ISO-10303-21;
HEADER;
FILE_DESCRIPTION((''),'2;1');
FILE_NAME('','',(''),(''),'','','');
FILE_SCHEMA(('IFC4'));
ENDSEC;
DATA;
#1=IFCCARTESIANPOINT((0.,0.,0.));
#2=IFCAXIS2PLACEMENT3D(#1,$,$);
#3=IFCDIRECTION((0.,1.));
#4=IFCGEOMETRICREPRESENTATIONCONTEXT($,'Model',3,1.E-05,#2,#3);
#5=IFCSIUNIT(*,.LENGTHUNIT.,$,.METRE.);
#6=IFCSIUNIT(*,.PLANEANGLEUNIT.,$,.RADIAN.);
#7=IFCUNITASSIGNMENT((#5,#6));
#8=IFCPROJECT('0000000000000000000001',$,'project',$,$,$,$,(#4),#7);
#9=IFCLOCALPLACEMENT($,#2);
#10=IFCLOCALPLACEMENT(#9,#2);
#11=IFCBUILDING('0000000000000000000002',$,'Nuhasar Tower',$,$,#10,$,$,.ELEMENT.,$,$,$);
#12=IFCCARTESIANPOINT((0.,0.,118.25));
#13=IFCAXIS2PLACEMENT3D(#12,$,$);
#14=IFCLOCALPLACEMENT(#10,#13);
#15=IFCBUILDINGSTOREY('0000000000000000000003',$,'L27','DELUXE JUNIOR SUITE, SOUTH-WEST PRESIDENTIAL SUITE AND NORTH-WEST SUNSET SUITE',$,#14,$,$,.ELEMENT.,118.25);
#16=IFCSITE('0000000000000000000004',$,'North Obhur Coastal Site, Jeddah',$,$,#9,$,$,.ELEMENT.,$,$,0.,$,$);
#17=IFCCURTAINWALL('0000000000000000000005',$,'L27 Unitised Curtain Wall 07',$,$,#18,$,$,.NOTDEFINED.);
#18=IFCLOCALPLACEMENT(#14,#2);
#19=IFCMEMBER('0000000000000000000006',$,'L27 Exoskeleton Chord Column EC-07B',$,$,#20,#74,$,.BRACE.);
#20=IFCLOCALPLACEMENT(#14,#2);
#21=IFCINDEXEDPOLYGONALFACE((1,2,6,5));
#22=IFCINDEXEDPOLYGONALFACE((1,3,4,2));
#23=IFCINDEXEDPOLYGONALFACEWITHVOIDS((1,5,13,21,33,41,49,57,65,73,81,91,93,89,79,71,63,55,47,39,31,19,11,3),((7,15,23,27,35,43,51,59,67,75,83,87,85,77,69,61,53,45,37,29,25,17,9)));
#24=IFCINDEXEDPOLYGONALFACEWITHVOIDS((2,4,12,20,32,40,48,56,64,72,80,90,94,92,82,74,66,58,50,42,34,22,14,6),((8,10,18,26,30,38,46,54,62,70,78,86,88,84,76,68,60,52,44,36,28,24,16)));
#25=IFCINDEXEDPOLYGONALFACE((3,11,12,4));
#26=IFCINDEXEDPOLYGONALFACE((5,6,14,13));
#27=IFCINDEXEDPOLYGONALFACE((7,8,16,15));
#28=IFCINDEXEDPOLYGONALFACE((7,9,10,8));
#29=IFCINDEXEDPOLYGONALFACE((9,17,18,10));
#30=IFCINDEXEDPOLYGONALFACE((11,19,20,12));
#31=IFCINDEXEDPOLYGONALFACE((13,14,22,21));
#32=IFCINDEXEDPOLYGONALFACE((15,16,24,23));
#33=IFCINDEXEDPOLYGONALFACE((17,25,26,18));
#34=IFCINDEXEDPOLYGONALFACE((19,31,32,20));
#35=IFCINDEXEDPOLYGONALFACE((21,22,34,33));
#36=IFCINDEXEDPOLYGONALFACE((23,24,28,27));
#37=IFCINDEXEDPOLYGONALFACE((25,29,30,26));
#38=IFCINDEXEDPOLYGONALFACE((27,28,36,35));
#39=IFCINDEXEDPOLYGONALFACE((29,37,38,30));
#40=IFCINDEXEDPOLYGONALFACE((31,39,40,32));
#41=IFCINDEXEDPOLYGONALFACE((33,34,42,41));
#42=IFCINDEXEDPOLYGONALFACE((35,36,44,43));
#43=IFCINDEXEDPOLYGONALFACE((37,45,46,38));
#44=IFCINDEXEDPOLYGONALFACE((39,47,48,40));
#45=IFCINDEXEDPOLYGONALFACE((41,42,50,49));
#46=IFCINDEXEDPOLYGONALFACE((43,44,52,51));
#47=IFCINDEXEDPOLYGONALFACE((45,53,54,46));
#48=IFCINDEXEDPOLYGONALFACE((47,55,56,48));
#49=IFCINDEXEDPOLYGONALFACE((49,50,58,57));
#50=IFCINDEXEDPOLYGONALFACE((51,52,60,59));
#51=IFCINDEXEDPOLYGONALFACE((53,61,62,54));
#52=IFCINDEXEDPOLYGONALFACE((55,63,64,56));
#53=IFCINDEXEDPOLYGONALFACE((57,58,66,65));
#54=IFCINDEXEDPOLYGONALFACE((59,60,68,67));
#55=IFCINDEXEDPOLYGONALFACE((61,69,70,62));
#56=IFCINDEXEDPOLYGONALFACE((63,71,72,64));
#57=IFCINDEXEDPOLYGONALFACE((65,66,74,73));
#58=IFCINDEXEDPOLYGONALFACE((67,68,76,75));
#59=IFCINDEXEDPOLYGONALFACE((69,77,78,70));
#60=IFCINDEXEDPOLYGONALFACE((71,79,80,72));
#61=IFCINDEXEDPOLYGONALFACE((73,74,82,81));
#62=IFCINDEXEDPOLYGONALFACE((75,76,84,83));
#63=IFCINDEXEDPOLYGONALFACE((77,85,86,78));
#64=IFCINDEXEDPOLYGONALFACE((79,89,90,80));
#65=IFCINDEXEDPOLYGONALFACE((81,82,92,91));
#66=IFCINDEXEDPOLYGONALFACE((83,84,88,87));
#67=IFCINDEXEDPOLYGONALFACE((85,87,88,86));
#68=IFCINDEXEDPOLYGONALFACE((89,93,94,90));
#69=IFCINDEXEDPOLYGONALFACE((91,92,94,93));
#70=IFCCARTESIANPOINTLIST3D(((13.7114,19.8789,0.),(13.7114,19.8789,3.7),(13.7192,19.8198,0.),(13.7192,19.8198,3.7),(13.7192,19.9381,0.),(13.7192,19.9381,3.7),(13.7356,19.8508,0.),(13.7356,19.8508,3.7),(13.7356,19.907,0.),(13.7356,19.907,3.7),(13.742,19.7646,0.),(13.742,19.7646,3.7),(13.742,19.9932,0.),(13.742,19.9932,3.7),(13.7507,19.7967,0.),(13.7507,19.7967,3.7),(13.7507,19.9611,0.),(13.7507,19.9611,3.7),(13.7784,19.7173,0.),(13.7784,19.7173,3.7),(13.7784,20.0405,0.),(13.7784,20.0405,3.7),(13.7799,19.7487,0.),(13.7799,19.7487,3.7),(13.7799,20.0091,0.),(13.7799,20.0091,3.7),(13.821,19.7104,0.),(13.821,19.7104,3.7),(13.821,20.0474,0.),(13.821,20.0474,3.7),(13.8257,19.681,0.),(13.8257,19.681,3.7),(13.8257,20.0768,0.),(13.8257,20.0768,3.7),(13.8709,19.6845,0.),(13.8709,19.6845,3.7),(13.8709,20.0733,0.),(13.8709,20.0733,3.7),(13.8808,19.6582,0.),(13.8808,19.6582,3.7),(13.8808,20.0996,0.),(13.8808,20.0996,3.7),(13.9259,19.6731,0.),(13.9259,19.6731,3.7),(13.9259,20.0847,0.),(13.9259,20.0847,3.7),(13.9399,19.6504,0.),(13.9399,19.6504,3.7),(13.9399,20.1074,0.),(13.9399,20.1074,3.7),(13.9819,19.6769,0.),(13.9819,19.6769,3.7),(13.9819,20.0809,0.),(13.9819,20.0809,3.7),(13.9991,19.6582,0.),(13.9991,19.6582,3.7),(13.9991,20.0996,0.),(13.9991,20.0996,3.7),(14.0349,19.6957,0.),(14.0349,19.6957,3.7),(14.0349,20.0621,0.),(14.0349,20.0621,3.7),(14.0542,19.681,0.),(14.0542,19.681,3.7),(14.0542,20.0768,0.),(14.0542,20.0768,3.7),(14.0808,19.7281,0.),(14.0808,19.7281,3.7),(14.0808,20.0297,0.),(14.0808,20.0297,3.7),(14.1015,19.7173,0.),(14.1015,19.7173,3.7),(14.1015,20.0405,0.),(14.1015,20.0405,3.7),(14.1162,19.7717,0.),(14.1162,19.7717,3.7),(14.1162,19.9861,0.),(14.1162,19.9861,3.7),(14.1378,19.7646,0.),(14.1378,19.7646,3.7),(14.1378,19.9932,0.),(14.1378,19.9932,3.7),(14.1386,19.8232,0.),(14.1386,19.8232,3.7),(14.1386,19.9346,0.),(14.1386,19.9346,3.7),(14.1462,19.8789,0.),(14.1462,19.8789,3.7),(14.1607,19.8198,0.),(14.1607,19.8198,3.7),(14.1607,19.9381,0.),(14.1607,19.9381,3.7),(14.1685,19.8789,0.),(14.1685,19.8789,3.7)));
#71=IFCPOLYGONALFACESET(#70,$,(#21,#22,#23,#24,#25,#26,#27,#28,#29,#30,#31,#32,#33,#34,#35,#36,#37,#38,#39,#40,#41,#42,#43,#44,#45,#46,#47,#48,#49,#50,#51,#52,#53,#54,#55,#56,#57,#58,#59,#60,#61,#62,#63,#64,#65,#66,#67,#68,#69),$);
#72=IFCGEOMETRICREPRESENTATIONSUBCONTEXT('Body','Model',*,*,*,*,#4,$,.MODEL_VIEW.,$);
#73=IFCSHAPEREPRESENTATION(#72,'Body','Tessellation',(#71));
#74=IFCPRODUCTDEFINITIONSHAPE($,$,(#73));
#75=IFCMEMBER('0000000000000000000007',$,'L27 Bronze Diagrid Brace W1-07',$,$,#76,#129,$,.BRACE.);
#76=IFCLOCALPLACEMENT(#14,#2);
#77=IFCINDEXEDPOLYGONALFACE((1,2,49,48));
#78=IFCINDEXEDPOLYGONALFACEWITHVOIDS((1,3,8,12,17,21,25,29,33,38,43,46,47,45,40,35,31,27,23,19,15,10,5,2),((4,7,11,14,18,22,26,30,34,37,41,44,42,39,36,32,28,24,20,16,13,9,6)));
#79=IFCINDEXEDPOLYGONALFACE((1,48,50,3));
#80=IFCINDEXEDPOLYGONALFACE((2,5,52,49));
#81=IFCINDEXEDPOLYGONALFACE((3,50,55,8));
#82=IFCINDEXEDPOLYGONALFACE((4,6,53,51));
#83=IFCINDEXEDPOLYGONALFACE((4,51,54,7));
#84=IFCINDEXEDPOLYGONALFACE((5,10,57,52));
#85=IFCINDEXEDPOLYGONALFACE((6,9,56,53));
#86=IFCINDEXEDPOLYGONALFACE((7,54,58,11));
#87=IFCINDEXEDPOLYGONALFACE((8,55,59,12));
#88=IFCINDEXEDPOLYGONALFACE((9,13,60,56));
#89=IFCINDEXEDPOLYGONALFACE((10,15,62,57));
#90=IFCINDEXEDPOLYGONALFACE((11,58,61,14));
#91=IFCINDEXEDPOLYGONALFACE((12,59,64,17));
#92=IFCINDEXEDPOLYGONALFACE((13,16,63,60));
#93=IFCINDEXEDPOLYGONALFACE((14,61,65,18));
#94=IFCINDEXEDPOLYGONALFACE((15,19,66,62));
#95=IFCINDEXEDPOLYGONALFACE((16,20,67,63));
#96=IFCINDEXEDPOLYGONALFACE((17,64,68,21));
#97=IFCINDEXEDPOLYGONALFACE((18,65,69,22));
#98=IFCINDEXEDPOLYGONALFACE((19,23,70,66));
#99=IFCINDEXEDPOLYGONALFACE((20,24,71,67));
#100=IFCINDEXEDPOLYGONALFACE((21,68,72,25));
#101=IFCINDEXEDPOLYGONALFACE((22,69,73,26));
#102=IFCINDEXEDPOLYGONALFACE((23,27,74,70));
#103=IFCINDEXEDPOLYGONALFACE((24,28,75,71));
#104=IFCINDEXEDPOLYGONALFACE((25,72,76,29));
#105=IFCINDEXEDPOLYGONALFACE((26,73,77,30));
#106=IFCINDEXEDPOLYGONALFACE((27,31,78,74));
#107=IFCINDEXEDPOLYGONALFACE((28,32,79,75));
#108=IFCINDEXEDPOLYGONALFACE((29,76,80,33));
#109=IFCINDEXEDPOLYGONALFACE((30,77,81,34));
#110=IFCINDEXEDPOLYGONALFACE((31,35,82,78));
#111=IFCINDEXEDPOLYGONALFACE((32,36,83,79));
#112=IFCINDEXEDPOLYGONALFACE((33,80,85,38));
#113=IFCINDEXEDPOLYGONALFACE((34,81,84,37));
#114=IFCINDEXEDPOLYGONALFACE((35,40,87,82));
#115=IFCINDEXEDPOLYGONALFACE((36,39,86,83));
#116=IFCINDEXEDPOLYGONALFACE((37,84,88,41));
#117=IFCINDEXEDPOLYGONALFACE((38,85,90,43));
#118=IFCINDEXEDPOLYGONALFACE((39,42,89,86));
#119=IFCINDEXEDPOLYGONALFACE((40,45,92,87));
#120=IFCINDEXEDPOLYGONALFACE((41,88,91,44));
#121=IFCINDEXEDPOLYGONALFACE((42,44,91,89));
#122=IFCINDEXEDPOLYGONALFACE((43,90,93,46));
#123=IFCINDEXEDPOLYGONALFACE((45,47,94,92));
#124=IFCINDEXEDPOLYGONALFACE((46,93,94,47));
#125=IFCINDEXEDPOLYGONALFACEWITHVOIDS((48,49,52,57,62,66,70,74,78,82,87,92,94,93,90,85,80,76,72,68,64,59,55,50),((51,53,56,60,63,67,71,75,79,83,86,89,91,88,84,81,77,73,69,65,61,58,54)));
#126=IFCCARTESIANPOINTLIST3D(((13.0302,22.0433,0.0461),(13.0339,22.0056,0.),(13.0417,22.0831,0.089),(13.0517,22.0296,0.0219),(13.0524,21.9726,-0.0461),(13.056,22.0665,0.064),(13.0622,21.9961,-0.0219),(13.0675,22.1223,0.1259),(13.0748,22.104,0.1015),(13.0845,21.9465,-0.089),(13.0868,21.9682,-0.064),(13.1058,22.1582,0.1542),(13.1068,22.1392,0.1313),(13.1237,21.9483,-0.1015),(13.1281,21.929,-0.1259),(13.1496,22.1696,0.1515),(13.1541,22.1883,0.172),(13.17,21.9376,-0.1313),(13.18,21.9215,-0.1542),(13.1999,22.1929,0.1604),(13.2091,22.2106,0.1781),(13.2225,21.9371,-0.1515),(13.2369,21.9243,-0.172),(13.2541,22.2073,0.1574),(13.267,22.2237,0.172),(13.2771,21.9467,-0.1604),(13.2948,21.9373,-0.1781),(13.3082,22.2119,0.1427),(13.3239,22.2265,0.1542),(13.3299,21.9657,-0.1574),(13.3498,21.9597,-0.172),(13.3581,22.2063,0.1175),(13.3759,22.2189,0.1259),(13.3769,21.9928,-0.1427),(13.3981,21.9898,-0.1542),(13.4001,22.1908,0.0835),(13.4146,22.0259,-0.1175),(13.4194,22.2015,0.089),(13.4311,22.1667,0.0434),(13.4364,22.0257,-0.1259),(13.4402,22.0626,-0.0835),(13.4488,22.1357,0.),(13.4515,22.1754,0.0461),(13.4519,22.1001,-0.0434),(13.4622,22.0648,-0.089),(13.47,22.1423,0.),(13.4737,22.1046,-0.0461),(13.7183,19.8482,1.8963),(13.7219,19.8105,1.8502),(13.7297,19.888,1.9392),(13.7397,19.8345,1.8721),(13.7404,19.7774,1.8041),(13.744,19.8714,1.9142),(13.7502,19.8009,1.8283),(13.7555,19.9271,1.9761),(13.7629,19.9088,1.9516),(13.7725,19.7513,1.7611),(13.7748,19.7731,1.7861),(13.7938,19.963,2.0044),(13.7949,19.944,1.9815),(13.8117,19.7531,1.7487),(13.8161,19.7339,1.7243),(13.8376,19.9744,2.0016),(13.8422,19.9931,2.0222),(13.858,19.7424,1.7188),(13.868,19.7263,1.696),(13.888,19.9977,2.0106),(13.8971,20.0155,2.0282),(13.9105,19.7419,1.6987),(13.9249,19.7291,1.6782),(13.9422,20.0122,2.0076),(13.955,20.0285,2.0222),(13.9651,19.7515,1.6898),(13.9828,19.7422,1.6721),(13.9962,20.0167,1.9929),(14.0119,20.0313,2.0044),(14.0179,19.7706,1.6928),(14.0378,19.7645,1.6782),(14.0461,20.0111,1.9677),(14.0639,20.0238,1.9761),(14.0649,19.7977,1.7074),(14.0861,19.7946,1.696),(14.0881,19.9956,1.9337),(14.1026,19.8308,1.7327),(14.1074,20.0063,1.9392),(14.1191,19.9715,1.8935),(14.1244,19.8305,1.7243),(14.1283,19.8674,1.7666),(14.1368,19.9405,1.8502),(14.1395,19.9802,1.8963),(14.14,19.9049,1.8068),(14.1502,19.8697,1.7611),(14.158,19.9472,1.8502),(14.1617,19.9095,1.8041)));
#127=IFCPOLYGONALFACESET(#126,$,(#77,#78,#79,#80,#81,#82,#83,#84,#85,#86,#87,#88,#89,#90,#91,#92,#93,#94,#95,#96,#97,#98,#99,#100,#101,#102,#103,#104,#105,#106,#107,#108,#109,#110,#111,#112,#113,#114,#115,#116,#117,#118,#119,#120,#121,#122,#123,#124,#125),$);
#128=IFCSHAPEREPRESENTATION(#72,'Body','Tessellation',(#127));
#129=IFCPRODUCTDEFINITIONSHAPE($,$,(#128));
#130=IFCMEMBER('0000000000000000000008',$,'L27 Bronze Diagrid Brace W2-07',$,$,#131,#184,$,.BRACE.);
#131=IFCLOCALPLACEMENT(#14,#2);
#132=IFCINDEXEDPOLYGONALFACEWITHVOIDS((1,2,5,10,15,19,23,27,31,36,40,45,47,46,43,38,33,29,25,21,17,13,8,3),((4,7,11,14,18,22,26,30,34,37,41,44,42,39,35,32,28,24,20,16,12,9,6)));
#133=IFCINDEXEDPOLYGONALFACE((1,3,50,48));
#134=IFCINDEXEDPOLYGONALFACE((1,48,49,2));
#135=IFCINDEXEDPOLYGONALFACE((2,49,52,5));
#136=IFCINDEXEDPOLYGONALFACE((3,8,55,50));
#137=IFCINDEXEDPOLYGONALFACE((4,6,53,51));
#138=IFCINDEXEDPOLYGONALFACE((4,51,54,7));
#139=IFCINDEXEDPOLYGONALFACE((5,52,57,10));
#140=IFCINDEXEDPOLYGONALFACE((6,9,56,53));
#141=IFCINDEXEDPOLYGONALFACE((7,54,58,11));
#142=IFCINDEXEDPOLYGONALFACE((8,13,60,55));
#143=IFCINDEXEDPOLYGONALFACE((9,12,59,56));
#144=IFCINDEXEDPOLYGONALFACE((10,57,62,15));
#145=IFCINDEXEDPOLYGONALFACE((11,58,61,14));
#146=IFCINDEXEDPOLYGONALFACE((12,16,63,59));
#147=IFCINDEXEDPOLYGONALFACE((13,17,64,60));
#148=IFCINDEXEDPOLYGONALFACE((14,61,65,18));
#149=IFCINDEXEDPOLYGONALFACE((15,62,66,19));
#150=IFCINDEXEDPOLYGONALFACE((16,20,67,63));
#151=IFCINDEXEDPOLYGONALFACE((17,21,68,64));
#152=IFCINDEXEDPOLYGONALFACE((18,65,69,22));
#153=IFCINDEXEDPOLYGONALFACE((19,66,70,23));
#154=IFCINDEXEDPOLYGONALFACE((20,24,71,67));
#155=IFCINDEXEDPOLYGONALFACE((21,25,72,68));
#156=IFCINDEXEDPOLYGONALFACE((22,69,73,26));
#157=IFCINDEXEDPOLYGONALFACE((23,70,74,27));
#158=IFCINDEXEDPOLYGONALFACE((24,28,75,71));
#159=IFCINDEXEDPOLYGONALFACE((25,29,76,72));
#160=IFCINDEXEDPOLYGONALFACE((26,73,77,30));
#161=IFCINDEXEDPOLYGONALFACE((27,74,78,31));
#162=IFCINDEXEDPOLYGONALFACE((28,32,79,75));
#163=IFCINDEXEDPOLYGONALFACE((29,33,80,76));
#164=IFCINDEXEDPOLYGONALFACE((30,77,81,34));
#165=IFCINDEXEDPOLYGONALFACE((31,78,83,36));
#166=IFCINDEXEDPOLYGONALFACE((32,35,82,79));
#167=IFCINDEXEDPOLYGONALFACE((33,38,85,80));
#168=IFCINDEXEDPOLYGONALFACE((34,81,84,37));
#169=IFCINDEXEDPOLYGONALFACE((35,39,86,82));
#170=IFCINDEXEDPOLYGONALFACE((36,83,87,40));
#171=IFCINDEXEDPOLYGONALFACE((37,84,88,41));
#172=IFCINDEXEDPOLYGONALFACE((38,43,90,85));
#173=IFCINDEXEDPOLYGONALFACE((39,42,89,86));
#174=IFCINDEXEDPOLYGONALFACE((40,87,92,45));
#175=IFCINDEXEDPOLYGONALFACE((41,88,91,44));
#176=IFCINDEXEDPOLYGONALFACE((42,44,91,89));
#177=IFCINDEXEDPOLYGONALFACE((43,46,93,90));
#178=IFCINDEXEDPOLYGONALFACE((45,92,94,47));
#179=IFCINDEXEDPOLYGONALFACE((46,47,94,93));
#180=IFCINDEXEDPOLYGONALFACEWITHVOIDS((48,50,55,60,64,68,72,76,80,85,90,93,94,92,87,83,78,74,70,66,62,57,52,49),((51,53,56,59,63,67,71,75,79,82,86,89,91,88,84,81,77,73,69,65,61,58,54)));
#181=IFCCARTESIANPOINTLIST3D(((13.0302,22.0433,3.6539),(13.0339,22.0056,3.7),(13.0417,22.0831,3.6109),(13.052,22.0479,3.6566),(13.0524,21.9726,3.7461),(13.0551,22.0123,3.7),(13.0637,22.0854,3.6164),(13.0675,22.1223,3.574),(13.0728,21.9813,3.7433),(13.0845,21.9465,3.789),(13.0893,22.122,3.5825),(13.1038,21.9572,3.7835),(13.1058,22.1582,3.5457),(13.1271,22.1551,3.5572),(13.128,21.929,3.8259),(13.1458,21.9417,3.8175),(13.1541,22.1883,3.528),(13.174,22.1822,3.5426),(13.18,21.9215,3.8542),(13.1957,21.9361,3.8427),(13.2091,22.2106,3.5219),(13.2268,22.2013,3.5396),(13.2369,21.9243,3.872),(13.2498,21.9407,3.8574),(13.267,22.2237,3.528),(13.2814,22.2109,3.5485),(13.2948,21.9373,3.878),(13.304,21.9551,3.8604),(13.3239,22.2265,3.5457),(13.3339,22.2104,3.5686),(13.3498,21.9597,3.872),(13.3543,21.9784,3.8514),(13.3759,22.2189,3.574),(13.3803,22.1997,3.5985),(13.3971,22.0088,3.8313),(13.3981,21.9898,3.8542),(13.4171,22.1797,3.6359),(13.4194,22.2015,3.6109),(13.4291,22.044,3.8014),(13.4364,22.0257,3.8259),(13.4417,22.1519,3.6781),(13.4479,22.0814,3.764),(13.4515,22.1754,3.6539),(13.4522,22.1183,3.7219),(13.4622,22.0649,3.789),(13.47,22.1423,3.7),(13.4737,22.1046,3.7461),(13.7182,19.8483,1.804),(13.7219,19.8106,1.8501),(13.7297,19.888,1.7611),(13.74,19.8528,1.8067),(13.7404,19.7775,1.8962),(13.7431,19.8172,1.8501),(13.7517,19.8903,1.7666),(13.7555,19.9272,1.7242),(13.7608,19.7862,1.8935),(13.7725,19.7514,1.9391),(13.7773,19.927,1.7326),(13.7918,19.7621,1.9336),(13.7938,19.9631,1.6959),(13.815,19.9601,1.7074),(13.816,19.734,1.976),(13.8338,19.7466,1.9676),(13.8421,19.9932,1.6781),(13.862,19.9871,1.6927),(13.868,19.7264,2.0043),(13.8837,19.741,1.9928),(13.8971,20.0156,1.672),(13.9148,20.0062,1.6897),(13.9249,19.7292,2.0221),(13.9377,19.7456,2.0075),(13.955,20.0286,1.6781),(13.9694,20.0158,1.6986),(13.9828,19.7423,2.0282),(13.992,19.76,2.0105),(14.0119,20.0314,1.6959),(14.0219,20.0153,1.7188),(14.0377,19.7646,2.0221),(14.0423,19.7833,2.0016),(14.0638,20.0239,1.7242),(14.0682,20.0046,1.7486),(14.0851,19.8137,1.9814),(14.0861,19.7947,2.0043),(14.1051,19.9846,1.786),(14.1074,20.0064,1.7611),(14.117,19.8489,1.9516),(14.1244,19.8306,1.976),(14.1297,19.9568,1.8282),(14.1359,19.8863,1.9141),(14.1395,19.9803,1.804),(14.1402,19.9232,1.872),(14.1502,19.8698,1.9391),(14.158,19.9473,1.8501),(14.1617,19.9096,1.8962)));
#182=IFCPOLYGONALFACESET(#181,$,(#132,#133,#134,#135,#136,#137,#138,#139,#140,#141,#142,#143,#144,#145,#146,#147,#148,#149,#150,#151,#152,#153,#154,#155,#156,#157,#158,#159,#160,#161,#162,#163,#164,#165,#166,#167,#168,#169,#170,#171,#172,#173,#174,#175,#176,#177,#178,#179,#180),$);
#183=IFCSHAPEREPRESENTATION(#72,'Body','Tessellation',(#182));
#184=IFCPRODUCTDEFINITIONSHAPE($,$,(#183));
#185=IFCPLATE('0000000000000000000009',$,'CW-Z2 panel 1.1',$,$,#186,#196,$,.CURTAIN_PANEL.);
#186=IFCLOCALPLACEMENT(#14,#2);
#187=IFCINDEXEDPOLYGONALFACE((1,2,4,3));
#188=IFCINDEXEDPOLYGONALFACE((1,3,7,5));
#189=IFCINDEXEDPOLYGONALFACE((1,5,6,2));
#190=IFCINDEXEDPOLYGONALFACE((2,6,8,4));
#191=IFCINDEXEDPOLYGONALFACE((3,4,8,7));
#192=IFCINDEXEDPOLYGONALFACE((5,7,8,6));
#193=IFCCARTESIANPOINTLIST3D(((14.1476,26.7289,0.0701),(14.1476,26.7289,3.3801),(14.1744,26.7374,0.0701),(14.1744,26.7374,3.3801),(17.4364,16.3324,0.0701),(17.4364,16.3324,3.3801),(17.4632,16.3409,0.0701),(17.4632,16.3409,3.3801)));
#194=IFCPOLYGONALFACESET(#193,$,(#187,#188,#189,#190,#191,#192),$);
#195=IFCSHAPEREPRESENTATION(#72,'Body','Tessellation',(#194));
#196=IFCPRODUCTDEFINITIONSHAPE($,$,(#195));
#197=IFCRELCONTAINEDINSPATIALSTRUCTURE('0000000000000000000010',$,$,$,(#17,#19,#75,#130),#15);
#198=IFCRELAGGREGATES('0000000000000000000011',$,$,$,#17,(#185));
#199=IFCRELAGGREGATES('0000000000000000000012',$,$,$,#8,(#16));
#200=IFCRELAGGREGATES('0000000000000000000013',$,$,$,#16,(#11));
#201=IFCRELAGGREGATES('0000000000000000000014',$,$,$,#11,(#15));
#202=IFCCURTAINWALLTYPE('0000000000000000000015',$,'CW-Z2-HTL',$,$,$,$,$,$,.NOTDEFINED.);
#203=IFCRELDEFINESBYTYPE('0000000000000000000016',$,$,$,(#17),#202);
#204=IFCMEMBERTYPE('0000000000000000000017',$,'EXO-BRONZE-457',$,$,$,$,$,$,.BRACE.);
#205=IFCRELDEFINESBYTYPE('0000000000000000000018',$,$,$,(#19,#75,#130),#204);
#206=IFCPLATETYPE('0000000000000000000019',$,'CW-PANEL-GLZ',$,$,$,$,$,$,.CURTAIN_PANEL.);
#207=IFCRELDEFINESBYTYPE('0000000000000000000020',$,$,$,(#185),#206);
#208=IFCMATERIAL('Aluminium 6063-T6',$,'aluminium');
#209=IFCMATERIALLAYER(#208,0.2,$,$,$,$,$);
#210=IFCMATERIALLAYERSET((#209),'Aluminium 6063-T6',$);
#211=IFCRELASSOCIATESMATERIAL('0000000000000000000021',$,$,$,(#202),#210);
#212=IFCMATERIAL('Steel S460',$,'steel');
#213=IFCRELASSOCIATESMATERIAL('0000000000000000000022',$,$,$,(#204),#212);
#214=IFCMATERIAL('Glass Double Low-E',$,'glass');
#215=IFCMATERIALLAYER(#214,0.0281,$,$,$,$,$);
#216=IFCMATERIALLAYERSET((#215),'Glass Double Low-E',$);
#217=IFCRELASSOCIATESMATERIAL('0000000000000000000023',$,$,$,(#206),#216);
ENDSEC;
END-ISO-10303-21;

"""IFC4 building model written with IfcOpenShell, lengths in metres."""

from ifc_helpers import new_model, si_unit, direction, frame, origin, origin_2d, place, context, subcontext, project, spatial, rectangle, hollow_circle, extrude, material, layer, layer_set, material_profile, profile_set, type_object, element, aggregate, save


model = new_model("IFC4")

# Units and contexts
model_context = context("Model", 3, precision=1e-05, world=origin(), true_north=direction((0.0, 1.0)))
body_context = subcontext(model_context, "Body", "Model", "MODEL_VIEW")
ifc_project = project(units=[si_unit("LENGTHUNIT", "METRE"), si_unit("PLANEANGLEUNIT", "RADIAN")], contexts=[model_context])

# Site, building, storey
site_placement = place(None, origin())
site = spatial("IfcSite", under=ifc_project, at=site_placement, Name="North Obhur Coastal Site, Jeddah", CompositionType="ELEMENT", RefElevation=0.0)
building_placement = place(site_placement, origin())
building = spatial("IfcBuilding", under=site, at=building_placement, Name="Nuhasar Tower", CompositionType="ELEMENT")
storey_placement = place(building_placement, frame((0.0, 0.0, 118.25)))
storey = spatial("IfcBuildingStorey", under=building, at=storey_placement, Name="L27", Description="DELUXE JUNIOR SUITE, SOUTH-WEST PRESIDENTIAL SUITE AND NORTH-WEST SUNSET SUITE", CompositionType="ELEMENT", Elevation=118.25)

# Curtain wall
ifc_material_1 = material(Name="Aluminium 6063-T6", Category="aluminium")
ifc_layer_1 = layer(ifc_material_1, 0.2)
ifc_layer_set_1 = layer_set([ifc_layer_1], Name="Aluminium 6063-T6")
curtain_wall_type = type_object("IfcCurtainWallType", Name="CW-Z2-HTL", PredefinedType="NOTDEFINED", material=ifc_layer_set_1)
curtain_wall_1_placement = place(storey_placement, origin())
curtain_wall_1 = element("IfcCurtainWall", 1, at=curtain_wall_1_placement, inside=storey, type_object=curtain_wall_type, Name="L27 Unitised Curtain Wall 07", PredefinedType="NOTDEFINED")

# Members
ifc_material_2 = material(Name="Steel S460", Category="steel")
ifc_material_profile_1 = material_profile(ifc_material_2, hollow_circle(Radius=0.2285, WallThickness=0.0222, at=origin_2d()), Name="HSS457X22.2")
ifc_profile_set_1 = profile_set([ifc_material_profile_1], Name="Steel S460")
member_type_1 = type_object("IfcMemberType", Name="EXO-BRONZE-457", PredefinedType="BRACE", material=ifc_profile_set_1)
for number, where, z_axis, x_axis, name in (
    (2, (13.9399, 19.8789, 0.0), (0.0, 0.0, 1.0), (1.0, 0.0, 0.0), "L27 Exoskeleton Chord Column EC-07B"),
):
    element("IfcMember", number, at=place(storey_placement, frame(where, z_axis=z_axis, x_axis=x_axis)), inside=storey, type_object=member_type_1, Name=name, PredefinedType="BRACE", context=body_context, shape_type="SweptSolid", body=[
        extrude(hollow_circle(Radius=0.2285, WallThickness=0.0222, at=origin_2d()), origin(), (0.0, 0.0, 1.0), 3.7),
    ])
member_1_placement = place(storey_placement, frame((13.252, 22.074, 0.0), z_axis=(0.233056, -0.743578, 0.626719), x_axis=(0.954228, 0.299079, 0.0)))
element("IfcMember", 3, at=member_1_placement, inside=storey, type_object=member_type_1, Name="L27 Bronze Diagrid Brace W1-07", PredefinedType="BRACE", context=body_context, shape_type="SweptSolid", body=[
    extrude(hollow_circle(Radius=0.2285, WallThickness=0.0222, at=origin_2d()), origin(), (0.0, 0.0, 1.0), 2.9521),
])
member_2_placement = place(storey_placement, frame((13.9399, 19.8789, 1.8501), z_axis=(-0.233068, 0.743616, 0.626669), x_axis=(-0.954228, -0.299079, 0.0)))
element("IfcMember", 4, at=member_2_placement, inside=storey, type_object=member_type_1, Name="L27 Bronze Diagrid Brace W2-07", PredefinedType="BRACE", context=body_context, shape_type="SweptSolid", body=[
    extrude(hollow_circle(Radius=0.2285, WallThickness=0.0222, at=origin_2d()), origin(), (0.0, 0.0, 1.0), 2.9519),
])

# Plate
ifc_material_3 = material(Name="Glass Double Low-E", Category="glass")
ifc_layer_2 = layer(ifc_material_3, 0.0281)
ifc_layer_set_2 = layer_set([ifc_layer_2], Name="Glass Double Low-E")
plate_type = type_object("IfcPlateType", Name="CW-PANEL-GLZ", PredefinedType="CURTAIN_PANEL", material=ifc_layer_set_2)
plate_placement = place(storey_placement, frame((15.8054, 21.5349, 0.0701), z_axis=(0.0, 0.0, 1.0), x_axis=(0.301604, -0.953433, 0.0)))
plate = element("IfcPlate", 5, at=plate_placement, type_object=plate_type, Name="CW-Z2 panel 1.1", PredefinedType="CURTAIN_PANEL", context=body_context, shape_type="SweptSolid", body=[
    extrude(rectangle(XDim=10.9043, YDim=0.0281, at=origin_2d()), origin(), (0.0, 0.0, 1.0), 3.3101),
])
aggregate(curtain_wall_1, [plate])

save(model, "model.ifc")
